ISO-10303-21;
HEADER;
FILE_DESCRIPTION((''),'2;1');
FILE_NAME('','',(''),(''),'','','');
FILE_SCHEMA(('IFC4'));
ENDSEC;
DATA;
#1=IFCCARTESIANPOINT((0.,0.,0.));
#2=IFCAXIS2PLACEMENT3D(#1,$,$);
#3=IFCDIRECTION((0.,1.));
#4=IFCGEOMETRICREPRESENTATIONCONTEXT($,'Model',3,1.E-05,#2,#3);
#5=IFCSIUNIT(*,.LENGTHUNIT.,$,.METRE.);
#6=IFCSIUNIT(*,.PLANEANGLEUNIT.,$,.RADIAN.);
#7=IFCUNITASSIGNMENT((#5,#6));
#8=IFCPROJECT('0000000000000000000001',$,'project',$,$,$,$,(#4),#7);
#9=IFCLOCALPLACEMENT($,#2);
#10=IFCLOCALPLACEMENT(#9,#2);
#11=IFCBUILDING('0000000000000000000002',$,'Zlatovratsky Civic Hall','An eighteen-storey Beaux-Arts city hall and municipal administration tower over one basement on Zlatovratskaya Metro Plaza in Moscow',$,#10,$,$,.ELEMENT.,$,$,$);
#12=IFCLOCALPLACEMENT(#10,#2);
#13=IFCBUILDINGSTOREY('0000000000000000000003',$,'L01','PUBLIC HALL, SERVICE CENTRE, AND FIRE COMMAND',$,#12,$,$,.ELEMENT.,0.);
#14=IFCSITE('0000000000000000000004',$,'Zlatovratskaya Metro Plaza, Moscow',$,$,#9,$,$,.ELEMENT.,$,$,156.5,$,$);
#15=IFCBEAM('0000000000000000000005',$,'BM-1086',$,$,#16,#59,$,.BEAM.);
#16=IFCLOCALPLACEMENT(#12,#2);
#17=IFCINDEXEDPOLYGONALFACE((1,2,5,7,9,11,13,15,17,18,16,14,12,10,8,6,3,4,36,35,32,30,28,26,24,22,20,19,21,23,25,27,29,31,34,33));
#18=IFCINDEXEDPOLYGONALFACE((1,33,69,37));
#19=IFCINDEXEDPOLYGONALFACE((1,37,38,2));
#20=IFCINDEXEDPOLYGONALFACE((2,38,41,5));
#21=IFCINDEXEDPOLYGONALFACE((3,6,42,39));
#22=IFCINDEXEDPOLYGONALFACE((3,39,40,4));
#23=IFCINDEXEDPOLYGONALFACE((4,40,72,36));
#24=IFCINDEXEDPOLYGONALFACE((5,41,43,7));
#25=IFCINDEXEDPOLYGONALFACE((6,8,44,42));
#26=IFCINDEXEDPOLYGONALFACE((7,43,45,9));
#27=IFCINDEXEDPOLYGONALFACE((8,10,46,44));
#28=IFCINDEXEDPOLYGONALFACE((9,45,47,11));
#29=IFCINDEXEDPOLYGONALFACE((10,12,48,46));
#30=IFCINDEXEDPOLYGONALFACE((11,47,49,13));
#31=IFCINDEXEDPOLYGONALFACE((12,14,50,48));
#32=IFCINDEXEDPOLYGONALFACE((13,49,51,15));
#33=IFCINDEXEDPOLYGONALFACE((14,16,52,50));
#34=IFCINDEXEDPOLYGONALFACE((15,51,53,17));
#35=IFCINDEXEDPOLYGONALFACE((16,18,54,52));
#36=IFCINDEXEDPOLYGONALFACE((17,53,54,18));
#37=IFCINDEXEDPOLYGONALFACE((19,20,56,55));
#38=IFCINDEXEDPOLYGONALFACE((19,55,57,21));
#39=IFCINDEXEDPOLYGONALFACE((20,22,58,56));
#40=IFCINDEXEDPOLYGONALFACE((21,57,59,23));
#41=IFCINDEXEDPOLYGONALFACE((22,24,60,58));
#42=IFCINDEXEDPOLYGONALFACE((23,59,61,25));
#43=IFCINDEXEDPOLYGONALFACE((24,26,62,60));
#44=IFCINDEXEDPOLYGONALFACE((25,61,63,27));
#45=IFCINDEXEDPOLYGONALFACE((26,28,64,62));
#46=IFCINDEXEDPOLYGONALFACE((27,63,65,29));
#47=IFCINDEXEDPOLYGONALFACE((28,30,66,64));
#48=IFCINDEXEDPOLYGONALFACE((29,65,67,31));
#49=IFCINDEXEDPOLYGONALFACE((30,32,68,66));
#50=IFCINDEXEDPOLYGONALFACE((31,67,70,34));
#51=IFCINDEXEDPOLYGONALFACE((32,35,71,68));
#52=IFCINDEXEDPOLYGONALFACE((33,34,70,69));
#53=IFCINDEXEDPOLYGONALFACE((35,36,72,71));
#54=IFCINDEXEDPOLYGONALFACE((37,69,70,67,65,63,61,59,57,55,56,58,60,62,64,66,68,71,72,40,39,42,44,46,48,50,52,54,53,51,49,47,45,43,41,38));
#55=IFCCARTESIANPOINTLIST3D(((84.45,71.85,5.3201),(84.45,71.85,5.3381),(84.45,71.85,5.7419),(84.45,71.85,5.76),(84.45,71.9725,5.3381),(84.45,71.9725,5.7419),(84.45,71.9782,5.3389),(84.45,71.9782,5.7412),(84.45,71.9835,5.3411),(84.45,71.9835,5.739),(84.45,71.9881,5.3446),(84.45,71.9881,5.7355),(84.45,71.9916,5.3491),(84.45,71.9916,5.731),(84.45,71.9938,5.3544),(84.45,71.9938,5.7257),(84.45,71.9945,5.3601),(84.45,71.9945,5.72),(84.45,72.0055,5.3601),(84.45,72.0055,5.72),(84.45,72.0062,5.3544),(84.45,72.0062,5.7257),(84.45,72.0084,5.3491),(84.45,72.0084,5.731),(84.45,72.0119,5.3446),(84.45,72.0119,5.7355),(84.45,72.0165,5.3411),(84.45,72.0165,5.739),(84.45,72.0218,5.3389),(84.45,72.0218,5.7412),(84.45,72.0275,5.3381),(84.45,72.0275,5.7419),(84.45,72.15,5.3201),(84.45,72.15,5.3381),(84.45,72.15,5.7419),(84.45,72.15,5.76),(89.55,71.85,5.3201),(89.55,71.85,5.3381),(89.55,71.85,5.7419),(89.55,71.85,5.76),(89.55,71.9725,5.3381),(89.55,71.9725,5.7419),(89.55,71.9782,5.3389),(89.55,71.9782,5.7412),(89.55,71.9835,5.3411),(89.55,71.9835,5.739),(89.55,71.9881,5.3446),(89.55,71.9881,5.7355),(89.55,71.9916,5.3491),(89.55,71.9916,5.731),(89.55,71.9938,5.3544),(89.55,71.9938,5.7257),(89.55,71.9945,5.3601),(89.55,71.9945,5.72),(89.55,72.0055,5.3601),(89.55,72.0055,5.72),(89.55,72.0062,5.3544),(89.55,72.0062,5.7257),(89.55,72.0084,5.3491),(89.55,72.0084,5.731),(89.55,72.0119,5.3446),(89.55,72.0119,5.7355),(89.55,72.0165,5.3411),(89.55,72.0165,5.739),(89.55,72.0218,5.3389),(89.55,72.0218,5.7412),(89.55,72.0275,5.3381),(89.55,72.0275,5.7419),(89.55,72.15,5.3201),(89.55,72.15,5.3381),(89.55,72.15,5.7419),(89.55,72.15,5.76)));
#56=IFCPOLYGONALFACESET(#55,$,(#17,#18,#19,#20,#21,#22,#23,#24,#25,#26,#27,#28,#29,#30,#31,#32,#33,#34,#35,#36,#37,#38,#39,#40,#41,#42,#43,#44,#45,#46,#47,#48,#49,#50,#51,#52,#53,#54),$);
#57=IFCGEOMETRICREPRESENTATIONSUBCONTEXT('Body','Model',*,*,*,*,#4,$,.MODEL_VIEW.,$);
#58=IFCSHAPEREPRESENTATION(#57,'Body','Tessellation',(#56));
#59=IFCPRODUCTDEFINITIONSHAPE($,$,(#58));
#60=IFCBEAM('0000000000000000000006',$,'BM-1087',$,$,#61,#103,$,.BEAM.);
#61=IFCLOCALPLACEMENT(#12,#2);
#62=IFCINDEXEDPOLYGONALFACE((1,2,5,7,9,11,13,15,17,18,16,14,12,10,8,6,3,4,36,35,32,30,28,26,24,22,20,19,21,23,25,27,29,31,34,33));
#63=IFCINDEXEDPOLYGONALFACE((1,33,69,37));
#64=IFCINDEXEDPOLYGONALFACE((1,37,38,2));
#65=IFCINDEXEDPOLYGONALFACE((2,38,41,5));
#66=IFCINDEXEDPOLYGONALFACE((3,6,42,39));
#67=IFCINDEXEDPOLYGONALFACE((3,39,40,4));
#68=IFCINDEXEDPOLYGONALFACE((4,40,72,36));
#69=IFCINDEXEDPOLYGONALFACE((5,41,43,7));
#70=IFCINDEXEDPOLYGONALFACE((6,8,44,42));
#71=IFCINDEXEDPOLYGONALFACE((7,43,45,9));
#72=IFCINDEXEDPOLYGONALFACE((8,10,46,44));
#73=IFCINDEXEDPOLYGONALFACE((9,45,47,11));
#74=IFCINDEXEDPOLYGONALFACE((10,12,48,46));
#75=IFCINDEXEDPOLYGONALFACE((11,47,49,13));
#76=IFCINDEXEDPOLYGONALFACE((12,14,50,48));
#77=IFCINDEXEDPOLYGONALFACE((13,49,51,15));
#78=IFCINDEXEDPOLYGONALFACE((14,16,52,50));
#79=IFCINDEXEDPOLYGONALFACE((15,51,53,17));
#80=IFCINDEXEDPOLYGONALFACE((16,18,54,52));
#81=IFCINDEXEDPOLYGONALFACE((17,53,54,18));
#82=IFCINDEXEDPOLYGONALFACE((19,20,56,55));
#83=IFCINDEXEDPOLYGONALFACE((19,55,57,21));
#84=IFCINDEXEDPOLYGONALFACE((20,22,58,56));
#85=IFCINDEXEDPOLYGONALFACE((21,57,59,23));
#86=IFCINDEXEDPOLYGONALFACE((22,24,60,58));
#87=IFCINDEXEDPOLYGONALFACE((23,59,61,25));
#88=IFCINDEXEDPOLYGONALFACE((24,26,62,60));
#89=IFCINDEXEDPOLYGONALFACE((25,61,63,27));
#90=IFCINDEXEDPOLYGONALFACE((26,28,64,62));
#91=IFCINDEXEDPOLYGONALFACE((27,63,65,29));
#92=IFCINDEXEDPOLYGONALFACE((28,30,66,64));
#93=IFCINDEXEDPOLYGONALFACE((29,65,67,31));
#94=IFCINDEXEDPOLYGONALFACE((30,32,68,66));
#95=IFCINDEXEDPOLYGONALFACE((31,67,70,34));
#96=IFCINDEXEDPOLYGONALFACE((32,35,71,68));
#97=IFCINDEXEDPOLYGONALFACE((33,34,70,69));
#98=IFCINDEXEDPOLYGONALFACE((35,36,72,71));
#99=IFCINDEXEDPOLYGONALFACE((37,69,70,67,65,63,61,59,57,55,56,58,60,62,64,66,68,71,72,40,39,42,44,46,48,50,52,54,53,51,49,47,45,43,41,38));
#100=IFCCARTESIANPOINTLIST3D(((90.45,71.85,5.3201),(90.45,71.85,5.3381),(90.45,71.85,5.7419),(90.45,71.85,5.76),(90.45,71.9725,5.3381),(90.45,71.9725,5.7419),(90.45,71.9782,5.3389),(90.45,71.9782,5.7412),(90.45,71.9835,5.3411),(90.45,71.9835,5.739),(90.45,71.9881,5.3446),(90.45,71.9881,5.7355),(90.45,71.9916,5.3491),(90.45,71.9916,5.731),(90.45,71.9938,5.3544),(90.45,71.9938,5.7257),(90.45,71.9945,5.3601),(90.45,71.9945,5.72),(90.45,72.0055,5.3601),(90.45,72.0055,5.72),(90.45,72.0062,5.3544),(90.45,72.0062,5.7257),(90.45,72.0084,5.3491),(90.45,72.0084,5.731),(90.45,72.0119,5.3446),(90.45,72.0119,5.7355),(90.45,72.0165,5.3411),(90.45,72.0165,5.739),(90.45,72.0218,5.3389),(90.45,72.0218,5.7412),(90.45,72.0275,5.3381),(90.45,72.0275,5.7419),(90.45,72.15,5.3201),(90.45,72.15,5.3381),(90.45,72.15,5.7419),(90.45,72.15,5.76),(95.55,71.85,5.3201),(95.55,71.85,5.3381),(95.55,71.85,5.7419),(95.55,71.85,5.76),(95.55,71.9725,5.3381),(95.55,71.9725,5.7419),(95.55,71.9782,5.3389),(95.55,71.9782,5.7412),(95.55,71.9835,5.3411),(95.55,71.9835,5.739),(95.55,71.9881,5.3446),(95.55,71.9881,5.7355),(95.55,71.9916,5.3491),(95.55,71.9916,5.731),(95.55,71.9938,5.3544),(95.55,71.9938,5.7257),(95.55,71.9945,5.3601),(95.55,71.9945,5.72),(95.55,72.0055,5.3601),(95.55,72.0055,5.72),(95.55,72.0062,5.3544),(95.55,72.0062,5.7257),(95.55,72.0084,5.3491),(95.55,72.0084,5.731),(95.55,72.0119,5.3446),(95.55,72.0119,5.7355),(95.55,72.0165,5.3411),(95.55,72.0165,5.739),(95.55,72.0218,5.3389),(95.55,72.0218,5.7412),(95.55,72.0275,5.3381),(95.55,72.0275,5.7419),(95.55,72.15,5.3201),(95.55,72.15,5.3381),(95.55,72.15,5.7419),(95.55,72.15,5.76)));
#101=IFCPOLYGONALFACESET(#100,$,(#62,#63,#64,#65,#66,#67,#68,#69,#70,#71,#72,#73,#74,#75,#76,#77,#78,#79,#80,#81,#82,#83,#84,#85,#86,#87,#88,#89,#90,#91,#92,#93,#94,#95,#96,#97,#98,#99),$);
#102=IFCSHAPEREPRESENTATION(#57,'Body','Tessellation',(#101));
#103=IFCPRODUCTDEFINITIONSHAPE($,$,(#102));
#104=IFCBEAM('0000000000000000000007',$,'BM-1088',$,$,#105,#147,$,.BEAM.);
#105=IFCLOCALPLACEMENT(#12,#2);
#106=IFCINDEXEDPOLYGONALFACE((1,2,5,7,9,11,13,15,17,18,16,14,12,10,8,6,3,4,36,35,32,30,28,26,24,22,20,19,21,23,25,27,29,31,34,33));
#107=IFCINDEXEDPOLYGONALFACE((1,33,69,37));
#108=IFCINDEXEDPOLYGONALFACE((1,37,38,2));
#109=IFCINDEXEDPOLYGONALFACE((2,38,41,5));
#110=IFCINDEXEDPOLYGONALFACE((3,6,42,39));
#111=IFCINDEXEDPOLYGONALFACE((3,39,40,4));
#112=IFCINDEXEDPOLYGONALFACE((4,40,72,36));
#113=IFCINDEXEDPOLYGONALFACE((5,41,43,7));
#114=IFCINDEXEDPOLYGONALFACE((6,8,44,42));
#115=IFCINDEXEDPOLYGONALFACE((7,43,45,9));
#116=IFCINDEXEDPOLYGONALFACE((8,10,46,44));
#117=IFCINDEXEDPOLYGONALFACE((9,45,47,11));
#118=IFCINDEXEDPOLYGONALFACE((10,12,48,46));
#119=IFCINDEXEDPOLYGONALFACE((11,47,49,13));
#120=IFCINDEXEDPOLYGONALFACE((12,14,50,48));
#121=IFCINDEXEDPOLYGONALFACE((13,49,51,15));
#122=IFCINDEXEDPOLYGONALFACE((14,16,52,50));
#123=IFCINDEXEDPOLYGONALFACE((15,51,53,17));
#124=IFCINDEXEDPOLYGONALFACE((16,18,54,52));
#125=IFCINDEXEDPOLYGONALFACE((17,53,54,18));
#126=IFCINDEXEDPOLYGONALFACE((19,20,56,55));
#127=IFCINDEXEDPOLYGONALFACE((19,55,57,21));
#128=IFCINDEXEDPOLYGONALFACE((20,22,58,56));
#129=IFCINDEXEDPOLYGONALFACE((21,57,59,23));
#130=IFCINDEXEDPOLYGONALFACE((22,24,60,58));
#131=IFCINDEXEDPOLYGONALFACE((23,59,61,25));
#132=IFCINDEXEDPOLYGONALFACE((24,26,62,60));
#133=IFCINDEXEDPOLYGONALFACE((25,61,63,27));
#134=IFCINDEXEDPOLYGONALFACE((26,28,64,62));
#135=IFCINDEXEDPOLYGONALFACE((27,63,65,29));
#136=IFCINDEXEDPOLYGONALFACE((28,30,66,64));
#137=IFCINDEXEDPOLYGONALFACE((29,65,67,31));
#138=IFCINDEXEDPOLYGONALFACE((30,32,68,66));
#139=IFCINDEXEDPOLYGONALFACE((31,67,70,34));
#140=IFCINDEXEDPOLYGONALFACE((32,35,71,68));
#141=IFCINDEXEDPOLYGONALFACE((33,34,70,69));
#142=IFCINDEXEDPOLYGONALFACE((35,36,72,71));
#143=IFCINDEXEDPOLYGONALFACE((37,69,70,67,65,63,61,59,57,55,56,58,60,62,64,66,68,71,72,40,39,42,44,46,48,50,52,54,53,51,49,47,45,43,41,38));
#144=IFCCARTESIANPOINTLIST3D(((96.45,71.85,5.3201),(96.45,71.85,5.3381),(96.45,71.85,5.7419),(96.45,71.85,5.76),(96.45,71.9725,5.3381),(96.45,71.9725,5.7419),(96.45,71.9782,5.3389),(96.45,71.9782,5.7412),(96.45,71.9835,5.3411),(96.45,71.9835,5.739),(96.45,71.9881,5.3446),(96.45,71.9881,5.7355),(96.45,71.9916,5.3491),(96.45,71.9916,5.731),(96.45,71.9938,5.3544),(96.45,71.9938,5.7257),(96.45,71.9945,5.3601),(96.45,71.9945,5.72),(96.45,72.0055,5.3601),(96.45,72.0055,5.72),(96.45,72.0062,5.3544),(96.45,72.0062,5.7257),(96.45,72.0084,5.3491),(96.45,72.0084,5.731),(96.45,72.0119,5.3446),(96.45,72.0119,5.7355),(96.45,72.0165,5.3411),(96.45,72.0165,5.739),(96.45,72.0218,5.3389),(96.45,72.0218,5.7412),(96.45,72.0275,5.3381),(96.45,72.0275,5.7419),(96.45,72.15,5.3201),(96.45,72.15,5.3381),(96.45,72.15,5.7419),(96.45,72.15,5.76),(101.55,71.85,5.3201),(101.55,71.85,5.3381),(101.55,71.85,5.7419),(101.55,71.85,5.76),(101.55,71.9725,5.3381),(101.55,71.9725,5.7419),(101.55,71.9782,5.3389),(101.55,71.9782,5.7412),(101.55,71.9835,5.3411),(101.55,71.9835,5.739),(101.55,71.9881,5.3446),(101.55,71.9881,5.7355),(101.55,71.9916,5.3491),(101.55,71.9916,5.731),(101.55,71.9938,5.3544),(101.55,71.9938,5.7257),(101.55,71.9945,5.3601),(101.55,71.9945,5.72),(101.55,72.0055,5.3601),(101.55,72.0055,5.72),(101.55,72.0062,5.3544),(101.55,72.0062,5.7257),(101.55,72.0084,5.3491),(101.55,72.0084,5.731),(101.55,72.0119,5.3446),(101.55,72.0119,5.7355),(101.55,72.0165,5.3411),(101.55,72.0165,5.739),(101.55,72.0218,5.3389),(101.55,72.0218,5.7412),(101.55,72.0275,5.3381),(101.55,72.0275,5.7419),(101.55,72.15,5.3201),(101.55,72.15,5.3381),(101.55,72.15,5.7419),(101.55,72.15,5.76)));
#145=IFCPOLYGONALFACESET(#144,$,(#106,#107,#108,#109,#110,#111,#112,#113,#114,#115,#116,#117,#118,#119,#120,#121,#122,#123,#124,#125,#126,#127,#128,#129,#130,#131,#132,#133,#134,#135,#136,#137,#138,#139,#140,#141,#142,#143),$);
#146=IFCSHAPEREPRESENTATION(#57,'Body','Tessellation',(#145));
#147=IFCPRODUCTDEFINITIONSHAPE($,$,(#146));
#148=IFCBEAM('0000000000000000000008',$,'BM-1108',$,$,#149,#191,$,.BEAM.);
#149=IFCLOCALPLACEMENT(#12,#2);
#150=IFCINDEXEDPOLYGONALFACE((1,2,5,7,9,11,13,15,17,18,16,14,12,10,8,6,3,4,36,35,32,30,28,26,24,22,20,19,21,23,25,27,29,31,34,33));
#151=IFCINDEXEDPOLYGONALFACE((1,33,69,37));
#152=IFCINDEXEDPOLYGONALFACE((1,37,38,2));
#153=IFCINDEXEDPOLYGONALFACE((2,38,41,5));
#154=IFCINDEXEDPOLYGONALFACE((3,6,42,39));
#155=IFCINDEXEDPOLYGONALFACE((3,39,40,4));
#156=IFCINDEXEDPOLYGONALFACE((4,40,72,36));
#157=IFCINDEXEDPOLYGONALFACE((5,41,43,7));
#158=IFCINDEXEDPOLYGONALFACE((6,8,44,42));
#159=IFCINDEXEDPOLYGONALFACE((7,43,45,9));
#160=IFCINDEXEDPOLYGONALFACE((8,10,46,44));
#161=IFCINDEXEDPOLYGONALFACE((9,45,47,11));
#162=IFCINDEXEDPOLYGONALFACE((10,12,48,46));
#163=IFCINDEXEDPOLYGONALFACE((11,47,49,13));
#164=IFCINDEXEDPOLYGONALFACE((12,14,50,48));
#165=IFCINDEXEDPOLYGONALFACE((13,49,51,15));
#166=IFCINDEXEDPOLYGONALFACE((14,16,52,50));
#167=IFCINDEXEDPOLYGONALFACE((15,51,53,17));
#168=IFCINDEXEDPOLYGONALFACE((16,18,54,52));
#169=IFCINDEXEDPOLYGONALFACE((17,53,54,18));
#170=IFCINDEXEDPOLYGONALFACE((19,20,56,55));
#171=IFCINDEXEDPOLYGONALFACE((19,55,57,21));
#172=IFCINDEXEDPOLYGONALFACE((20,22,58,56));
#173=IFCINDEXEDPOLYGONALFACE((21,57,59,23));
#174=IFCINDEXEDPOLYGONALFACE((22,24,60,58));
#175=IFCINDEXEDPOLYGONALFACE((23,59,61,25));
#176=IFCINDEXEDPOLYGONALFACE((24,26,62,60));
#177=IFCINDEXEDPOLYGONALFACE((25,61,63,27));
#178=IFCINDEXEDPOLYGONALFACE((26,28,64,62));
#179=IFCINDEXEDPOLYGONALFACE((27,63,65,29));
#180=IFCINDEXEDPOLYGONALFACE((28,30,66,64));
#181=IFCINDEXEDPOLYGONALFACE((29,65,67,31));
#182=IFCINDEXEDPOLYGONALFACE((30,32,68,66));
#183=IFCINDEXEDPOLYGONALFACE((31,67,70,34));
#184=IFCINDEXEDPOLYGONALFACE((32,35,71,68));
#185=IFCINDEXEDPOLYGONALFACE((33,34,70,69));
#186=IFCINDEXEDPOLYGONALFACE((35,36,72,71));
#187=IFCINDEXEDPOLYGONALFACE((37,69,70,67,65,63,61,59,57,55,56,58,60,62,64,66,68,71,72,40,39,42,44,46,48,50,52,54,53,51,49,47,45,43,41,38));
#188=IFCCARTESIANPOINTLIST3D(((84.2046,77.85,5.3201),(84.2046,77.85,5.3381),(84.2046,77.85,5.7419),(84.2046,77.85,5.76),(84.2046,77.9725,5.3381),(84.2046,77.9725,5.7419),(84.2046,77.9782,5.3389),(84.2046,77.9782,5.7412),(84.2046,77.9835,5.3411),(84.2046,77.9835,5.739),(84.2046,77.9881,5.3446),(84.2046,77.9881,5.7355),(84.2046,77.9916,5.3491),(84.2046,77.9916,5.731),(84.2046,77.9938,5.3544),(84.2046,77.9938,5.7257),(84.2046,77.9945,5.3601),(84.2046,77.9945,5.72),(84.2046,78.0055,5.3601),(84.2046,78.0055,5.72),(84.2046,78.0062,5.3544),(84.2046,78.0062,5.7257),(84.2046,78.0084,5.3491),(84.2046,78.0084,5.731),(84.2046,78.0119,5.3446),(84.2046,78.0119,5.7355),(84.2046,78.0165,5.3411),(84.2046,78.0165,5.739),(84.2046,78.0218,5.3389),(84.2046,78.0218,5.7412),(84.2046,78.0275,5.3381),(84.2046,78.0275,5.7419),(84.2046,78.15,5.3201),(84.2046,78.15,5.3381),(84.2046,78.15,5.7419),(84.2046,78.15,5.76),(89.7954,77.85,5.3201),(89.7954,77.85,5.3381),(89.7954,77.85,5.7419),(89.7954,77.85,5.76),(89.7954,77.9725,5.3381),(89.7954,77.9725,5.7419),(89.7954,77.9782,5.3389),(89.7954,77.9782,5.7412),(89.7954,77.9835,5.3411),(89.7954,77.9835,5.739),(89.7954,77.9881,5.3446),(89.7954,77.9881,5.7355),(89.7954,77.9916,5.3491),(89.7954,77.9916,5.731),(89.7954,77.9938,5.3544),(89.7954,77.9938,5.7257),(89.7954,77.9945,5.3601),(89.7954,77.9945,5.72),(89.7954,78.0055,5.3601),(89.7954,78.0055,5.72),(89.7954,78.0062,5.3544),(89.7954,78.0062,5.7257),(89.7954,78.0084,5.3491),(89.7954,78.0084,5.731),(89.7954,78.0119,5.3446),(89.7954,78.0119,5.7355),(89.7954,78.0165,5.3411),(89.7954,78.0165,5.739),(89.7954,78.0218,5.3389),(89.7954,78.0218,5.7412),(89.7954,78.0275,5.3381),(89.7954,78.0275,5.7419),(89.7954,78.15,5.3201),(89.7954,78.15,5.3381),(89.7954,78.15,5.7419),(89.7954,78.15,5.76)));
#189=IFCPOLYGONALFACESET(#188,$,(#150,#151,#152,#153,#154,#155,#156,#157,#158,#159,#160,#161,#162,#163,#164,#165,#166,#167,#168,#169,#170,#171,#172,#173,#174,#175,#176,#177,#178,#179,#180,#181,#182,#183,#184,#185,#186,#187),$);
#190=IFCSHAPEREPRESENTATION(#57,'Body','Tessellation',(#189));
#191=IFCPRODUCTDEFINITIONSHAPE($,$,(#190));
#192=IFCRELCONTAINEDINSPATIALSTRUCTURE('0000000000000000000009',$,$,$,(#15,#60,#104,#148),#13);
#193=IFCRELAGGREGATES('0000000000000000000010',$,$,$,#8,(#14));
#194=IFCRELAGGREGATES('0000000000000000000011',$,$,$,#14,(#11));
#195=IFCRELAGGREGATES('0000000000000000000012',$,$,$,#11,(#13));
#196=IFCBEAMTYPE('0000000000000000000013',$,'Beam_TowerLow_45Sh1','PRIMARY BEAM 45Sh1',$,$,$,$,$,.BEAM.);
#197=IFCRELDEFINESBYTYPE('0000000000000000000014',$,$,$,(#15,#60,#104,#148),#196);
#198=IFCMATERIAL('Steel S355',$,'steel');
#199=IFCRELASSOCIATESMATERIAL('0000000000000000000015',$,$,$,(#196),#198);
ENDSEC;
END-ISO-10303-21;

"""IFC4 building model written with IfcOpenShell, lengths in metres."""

from ifc_helpers import new_model, si_unit, direction, frame, origin, origin_2d, place, context, subcontext, project, spatial, i_section, extrude, material, material_profile, profile_set, type_object, element, save


model = new_model("IFC4")

# Units and contexts
model_context = context("Model", 3, precision=1e-05, world=origin(), true_north=direction((0.0, 1.0)))
body_context = subcontext(model_context, "Body", "Model", "MODEL_VIEW")
ifc_project = project(units=[si_unit("LENGTHUNIT", "METRE"), si_unit("PLANEANGLEUNIT", "RADIAN")], contexts=[model_context])

# Site, building, storey
site_placement = place(None, origin())
site = spatial("IfcSite", under=ifc_project, at=site_placement, Name="Zlatovratskaya Metro Plaza, Moscow", CompositionType="ELEMENT", RefElevation=156.5)
building_placement = place(site_placement, origin())
building = spatial("IfcBuilding", under=site, at=building_placement, Name="Zlatovratsky Civic Hall", Description="An eighteen-storey Beaux-Arts city hall and municipal administration tower over one basement on Zlatovratskaya Metro Plaza in Moscow", CompositionType="ELEMENT")
storey_placement = place(building_placement, origin())
storey = spatial("IfcBuildingStorey", under=building, at=storey_placement, Name="L01", Description="PUBLIC HALL, SERVICE CENTRE, AND FIRE COMMAND", CompositionType="ELEMENT", Elevation=0.0)

# Shared definitions
ifc_material_1 = material(Name="Steel S355", Category="steel")

# Beams
ifc_material_profile_1 = material_profile(ifc_material_1, i_section(OverallWidth=0.3, OverallDepth=0.4399, WebThickness=0.011, FlangeThickness=0.0181, FilletRadius=0.022, at=origin_2d()), Name="45Sh1")
ifc_profile_set_1 = profile_set([ifc_material_profile_1], Name="Steel S355")
beam_type = type_object("IfcBeamType", Name="Beam_TowerLow_45Sh1", Description="PRIMARY BEAM 45Sh1", PredefinedType="BEAM", material=ifc_profile_set_1)
for number, where, z_axis, x_axis, name in (
    (1, (84.45, 72.0, 5.54), (1.0, 0.0, 0.0), (0.0, 1.0, 0.0), "BM-1086"),
    (2, (90.45, 72.0, 5.54), (1.0, 0.0, 0.0), (0.0, 1.0, 0.0), "BM-1087"),
    (3, (96.45, 72.0, 5.54), (1.0, 0.0, 0.0), (0.0, 1.0, 0.0), "BM-1088"),
):
    element("IfcBeam", number, at=place(storey_placement, frame(where, z_axis=z_axis, x_axis=x_axis)), inside=storey, type_object=beam_type, Name=name, PredefinedType="BEAM", context=body_context, shape_type="SweptSolid", body=[
        extrude(i_section(OverallWidth=0.3, OverallDepth=0.4399, WebThickness=0.011, FlangeThickness=0.0181, FilletRadius=0.022, at=origin_2d()), origin(), (0.0, 0.0, 1.0), 5.1001),
    ])
for number, where, z_axis, x_axis, name in (
    (4, (84.2046, 78.0, 5.54), (1.0, 0.0, 0.0), (0.0, 1.0, 0.0), "BM-1108"),
):
    element("IfcBeam", number, at=place(storey_placement, frame(where, z_axis=z_axis, x_axis=x_axis)), inside=storey, type_object=beam_type, Name=name, PredefinedType="BEAM", context=body_context, shape_type="SweptSolid", body=[
        extrude(i_section(OverallWidth=0.3, OverallDepth=0.4399, WebThickness=0.011, FlangeThickness=0.0181, FilletRadius=0.022, at=origin_2d()), origin(), (0.0, 0.0, 1.0), 5.5908),
    ])

save(model, "model.ifc")
